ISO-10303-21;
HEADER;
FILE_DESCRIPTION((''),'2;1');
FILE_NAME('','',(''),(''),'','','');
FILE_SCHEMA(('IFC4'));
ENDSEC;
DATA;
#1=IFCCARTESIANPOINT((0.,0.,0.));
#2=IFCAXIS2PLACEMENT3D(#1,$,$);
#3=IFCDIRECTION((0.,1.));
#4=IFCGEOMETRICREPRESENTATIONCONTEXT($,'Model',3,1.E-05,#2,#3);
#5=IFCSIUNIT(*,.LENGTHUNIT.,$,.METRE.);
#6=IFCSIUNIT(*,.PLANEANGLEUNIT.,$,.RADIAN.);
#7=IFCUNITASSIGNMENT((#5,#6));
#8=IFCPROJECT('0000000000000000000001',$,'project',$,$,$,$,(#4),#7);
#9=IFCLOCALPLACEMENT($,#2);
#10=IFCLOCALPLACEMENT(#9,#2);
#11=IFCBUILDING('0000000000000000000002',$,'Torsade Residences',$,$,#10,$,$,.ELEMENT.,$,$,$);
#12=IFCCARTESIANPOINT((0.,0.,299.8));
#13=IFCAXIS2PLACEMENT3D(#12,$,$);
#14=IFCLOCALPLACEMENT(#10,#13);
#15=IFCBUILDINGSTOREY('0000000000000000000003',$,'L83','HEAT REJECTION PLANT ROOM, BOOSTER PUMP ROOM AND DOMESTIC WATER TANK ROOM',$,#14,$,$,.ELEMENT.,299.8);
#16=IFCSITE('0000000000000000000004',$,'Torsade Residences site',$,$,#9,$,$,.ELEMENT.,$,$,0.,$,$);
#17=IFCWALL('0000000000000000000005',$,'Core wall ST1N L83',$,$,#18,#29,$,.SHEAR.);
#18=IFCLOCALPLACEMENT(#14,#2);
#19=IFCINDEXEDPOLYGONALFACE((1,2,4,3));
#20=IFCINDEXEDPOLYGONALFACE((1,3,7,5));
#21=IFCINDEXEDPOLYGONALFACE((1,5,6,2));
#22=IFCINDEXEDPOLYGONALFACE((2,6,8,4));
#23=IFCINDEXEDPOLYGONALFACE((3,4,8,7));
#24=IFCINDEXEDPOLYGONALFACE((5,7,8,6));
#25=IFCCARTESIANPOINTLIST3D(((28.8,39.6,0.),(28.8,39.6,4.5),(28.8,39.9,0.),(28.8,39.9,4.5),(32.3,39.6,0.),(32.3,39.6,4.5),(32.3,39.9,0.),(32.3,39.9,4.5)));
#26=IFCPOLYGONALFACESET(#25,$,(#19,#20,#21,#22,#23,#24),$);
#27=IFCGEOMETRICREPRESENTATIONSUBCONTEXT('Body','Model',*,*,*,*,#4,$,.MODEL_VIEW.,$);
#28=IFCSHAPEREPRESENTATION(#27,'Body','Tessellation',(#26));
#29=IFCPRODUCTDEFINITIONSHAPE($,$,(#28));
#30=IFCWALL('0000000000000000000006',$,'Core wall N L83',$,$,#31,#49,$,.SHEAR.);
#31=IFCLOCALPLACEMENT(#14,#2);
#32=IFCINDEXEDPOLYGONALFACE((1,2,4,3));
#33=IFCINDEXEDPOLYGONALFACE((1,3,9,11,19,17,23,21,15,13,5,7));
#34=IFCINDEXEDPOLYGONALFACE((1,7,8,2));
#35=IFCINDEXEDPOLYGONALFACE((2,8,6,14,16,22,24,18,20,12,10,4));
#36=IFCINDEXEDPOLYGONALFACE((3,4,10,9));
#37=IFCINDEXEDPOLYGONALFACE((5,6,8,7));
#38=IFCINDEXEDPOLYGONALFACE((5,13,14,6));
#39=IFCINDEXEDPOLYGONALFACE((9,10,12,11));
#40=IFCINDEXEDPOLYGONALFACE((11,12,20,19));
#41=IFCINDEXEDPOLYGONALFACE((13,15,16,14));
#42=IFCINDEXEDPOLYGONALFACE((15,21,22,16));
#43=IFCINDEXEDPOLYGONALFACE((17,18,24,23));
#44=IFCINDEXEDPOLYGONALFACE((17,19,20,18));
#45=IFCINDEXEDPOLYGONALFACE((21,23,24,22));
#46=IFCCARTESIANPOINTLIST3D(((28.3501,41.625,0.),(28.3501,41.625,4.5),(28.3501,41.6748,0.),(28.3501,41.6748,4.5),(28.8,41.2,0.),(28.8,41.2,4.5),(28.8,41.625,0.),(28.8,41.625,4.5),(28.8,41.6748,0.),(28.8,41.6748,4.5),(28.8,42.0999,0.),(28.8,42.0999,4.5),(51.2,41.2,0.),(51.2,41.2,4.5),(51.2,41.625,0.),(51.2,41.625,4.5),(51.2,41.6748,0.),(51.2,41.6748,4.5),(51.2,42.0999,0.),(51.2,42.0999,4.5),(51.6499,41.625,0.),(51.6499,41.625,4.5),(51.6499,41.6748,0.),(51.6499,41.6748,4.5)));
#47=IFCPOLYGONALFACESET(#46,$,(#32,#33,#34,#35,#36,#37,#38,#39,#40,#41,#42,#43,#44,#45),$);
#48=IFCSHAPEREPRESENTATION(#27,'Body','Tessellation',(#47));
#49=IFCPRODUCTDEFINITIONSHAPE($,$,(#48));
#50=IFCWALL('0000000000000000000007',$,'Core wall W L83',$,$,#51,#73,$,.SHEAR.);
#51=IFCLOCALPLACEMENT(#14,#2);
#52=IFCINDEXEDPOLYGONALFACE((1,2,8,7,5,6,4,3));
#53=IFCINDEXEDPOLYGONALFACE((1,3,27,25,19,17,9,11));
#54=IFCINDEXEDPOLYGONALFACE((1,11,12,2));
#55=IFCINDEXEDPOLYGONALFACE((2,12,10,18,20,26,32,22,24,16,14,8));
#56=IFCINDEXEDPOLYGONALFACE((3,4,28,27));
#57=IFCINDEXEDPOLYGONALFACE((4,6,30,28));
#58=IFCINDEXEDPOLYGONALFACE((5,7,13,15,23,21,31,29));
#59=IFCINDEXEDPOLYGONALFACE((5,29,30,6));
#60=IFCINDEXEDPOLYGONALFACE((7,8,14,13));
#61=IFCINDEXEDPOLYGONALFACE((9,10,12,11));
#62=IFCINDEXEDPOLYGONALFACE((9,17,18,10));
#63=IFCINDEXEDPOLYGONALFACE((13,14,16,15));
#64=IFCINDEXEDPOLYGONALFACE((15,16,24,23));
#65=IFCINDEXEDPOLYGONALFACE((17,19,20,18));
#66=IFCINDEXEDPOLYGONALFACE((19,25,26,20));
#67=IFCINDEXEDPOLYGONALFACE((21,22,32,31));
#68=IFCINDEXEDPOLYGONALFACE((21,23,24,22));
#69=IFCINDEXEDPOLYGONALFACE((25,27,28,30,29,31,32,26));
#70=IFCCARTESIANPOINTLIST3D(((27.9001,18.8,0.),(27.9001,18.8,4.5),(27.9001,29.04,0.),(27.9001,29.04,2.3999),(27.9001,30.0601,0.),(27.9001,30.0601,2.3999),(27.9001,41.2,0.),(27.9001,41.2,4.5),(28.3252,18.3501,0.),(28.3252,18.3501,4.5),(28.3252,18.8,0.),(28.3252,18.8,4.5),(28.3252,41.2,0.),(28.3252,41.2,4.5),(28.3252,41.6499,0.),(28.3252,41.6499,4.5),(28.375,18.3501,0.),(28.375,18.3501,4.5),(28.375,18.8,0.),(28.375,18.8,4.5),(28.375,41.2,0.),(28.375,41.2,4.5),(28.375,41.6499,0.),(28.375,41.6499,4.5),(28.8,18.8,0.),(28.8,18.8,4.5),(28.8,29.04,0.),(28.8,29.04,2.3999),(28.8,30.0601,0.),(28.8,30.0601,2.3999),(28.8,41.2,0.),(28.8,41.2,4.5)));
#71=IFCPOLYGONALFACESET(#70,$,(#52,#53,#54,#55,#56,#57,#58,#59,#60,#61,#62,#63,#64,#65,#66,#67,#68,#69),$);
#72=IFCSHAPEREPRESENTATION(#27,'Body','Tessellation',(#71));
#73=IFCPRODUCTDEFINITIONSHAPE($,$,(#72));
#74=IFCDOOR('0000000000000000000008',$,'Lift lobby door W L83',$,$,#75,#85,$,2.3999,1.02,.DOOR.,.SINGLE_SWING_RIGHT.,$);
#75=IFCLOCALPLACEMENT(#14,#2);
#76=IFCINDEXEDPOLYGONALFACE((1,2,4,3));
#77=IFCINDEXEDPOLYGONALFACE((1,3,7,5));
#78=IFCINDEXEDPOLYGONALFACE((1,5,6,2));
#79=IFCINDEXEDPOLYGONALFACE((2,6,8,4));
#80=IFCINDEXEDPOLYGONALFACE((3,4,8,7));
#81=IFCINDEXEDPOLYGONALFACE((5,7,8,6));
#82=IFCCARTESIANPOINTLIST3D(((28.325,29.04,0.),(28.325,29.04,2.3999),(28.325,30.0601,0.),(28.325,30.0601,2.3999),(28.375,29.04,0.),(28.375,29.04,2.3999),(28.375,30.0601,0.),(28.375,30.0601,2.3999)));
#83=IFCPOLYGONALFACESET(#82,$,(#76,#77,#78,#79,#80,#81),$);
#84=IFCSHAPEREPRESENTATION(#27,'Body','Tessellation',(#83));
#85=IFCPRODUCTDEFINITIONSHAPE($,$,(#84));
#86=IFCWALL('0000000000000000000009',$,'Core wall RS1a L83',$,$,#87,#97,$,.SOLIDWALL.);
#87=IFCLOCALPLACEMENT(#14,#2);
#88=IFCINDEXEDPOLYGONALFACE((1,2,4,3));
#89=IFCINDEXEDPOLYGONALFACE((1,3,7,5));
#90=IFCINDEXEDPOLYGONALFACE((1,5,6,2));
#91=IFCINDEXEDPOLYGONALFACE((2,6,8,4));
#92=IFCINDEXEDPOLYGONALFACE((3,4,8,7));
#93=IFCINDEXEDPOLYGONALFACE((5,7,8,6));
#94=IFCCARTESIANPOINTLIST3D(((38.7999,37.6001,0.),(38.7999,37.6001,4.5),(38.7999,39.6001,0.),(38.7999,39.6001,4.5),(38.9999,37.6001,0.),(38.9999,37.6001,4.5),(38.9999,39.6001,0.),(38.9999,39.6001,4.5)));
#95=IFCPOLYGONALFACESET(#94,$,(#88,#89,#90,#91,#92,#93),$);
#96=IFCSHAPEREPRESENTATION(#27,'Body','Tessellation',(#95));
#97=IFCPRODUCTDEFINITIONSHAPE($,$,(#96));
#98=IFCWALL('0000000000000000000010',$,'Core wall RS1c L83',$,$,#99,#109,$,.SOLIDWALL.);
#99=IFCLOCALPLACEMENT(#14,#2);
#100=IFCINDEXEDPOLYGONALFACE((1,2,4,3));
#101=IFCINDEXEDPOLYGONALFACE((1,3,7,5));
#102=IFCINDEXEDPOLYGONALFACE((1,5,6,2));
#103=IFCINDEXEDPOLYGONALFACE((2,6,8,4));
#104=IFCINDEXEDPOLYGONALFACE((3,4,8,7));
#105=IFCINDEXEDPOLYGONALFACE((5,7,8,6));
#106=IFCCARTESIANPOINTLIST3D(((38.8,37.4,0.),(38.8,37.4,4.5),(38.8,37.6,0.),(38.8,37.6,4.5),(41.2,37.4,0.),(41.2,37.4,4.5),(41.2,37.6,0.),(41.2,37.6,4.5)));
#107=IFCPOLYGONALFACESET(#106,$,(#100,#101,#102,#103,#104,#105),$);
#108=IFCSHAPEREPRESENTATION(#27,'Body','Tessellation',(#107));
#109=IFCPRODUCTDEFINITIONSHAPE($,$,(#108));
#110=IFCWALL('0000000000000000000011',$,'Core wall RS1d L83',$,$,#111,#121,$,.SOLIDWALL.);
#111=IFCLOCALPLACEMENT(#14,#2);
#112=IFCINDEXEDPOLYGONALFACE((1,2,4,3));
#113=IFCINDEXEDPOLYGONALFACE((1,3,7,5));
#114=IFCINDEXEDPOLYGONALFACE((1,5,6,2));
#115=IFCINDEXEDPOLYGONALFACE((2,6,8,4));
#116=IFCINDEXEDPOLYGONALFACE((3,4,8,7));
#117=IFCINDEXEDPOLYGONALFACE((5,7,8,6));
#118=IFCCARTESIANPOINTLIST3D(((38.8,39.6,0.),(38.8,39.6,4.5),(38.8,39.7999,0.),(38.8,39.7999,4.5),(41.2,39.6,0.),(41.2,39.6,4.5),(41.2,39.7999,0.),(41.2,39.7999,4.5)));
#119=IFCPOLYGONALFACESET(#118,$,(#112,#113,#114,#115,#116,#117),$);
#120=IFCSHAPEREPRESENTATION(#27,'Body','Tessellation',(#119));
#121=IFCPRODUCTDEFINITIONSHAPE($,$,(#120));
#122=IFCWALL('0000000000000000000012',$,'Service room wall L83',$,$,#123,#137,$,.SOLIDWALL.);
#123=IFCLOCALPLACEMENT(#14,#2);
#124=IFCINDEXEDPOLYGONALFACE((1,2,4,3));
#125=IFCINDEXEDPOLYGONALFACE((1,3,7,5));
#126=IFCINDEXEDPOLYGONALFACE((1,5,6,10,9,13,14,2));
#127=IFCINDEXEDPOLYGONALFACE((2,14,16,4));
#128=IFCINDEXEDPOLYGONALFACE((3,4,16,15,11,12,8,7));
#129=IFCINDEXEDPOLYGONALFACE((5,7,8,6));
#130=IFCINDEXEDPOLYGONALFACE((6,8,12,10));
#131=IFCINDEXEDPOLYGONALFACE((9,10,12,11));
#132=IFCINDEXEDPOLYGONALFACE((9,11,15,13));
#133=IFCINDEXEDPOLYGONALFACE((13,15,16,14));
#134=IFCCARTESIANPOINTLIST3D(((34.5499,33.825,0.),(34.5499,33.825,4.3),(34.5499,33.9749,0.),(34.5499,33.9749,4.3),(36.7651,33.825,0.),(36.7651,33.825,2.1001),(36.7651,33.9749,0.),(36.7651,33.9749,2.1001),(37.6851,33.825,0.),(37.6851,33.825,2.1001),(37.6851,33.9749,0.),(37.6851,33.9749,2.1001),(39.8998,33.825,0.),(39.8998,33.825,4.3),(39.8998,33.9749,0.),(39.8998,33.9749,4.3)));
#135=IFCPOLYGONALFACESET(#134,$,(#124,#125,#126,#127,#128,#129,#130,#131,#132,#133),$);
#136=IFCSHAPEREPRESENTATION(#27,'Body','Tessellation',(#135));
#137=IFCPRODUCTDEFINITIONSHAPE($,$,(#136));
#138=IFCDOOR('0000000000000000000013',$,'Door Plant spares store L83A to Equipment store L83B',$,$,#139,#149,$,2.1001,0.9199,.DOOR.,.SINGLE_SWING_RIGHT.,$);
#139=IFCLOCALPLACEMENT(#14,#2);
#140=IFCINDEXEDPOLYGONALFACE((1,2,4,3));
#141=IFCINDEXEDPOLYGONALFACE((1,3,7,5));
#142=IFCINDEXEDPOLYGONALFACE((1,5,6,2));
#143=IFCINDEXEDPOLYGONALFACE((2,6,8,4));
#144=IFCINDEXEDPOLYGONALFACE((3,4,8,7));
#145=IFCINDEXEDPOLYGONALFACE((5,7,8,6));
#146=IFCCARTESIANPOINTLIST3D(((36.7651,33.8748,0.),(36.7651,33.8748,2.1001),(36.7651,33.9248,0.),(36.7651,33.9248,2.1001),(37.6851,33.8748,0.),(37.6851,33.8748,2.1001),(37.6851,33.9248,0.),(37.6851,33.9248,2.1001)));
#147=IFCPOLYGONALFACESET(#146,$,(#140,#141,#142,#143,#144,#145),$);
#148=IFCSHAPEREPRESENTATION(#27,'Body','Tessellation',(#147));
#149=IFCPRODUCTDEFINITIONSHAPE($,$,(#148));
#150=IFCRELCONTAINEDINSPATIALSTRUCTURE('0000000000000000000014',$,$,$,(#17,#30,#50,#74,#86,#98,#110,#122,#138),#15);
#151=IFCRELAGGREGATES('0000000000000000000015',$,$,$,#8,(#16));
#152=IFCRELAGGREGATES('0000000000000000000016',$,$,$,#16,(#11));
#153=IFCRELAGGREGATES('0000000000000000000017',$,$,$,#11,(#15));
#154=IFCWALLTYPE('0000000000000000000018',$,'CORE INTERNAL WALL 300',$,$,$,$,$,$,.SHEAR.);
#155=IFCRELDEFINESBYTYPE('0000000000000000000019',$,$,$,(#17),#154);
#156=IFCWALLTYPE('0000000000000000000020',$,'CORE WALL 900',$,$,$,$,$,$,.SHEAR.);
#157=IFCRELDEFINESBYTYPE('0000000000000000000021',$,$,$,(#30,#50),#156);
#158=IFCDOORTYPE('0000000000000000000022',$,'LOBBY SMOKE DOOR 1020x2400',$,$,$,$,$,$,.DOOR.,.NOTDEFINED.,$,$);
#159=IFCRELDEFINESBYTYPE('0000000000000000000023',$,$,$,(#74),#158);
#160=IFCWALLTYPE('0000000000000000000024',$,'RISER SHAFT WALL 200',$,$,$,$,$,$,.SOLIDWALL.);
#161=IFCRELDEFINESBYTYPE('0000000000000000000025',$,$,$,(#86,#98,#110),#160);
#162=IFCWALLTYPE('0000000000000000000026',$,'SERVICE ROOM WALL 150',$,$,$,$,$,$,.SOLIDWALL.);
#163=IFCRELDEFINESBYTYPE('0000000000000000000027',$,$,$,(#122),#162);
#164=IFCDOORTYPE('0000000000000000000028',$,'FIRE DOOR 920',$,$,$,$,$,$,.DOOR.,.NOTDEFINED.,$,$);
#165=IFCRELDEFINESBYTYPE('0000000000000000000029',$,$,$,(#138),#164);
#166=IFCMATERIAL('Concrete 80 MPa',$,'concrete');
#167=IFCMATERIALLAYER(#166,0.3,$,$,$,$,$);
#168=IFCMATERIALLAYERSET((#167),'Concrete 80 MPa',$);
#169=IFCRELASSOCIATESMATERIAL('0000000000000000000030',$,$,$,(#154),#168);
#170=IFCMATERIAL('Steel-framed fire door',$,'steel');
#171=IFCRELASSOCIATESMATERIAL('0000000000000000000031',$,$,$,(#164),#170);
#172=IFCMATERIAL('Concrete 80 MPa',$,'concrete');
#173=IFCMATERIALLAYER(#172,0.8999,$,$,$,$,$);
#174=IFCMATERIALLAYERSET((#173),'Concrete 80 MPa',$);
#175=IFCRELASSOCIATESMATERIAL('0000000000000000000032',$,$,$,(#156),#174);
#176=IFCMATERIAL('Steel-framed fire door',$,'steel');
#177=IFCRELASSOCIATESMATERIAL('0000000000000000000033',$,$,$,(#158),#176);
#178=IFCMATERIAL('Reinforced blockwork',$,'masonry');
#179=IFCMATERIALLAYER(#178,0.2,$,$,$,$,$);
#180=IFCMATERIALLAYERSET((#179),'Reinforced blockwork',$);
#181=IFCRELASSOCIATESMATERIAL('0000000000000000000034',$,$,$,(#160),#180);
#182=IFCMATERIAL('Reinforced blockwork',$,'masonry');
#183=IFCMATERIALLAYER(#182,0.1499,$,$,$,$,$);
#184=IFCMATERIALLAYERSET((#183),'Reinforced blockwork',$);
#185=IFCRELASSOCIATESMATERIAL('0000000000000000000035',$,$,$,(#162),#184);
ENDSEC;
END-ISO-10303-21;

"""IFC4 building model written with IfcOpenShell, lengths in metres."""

from ifc_helpers import new_model, si_unit, direction, frame, frame_2d, origin, place, context, subcontext, project, spatial, polyline, rectangle, outline, extrude, material, layer, layer_set, type_object, element, fill, save


model = new_model("IFC4")

# Units and contexts
model_context = context("Model", 3, precision=1e-05, world=origin(), true_north=direction((0.0, 1.0)))
body_context = subcontext(model_context, "Body", "Model", "MODEL_VIEW")
ifc_project = project(units=[si_unit("LENGTHUNIT", "METRE"), si_unit("PLANEANGLEUNIT", "RADIAN")], contexts=[model_context])

# Site, building, storey
site_placement = place(None, origin())
site = spatial("IfcSite", under=ifc_project, at=site_placement, Name="Torsade Residences site", CompositionType="ELEMENT", RefElevation=0.0)
building_placement = place(site_placement, origin())
building = spatial("IfcBuilding", under=site, at=building_placement, Name="Torsade Residences", CompositionType="ELEMENT")
storey_placement = place(building_placement, frame((0.0, 0.0, 299.8)))
storey = spatial("IfcBuildingStorey", under=building, at=storey_placement, Name="L83", Description="HEAT REJECTION PLANT ROOM, BOOSTER PUMP ROOM AND DOMESTIC WATER TANK ROOM", CompositionType="ELEMENT", Elevation=299.8)

# Shared definitions
ifc_material_1 = material(Name="Concrete 80 MPa", Category="concrete")
ifc_layer_1 = layer(ifc_material_1, 0.3)
ifc_layer_set_1 = layer_set([ifc_layer_1], Name="Concrete 80 MPa")
wall_type_1 = type_object("IfcWallType", Name="CORE INTERNAL WALL 300", PredefinedType="SHEAR", material=ifc_layer_set_1)
ifc_material_2 = material(Name="Steel-framed fire door", Category="steel")
door_type_1 = type_object("IfcDoorType", Name="FIRE DOOR 920", OperationType="NOTDEFINED", PredefinedType="DOOR", material=ifc_material_2)

# Walls
wall_1_placement = place(storey_placement, frame((28.8, 39.75, 0.0), z_axis=(0.0, 0.0, 1.0), x_axis=(1.0, 0.0, 0.0)))
element("IfcWall", 1, at=wall_1_placement, inside=storey, type_object=wall_type_1, Name="Core wall ST1N L83", PredefinedType="SHEAR", context=body_context, shape_type="SweptSolid", body=[
    extrude(rectangle(XDim=3.5, YDim=0.3, at=frame_2d((1.75, 0.0))), origin(), (0.0, 0.0, 1.0), 4.5),
])
ifc_material_3 = material(Name="Concrete 80 MPa", Category="concrete")
ifc_layer_2 = layer(ifc_material_3, 0.8999)
ifc_layer_set_2 = layer_set([ifc_layer_2], Name="Concrete 80 MPa")
wall_type_2 = type_object("IfcWallType", Name="CORE WALL 900", PredefinedType="SHEAR", material=ifc_layer_set_2)
wall_2_placement = place(storey_placement, frame((28.8, 41.6499, 0.0), z_axis=(0.0, 0.0, 1.0), x_axis=(1.0, 0.0, 0.0)))
element("IfcWall", 2, at=wall_2_placement, inside=storey, type_object=wall_type_2, Name="Core wall N L83", PredefinedType="SHEAR", context=body_context, shape_type="SweptSolid", body=[
    extrude(outline(polyline([(0.0, -0.45), (22.3999, -0.45), (22.3999, -0.0249), (22.8499, -0.0249), (22.8499, 0.0249), (22.3999, 0.0249), (22.3999, 0.45), (0.0, 0.45), (0.0, 0.0249), (-0.45, 0.0249), (-0.45, -0.0249), (0.0, -0.0249), (0.0, -0.45)])), origin(), (0.0, 0.0, 1.0), 4.5),
])

# Wall, opening, door
wall_3_placement = place(storey_placement, frame((28.3501, 41.2, 0.0), z_axis=(0.0, 0.0, 1.0), x_axis=(0.0, -1.0, 0.0)))
wall_3 = element("IfcWall", 3, at=wall_3_placement, inside=storey, type_object=wall_type_2, Name="Core wall W L83", PredefinedType="SHEAR", context=body_context, shape_type="SweptSolid", body=[
    extrude(outline(polyline([(0.0, -0.45), (22.3999, -0.45), (22.3999, -0.0249), (22.8499, -0.0249), (22.8499, 0.0249), (22.3999, 0.0249), (22.3999, 0.45), (0.0, 0.45), (0.0, 0.0249), (-0.45, 0.0249), (-0.45, -0.0249), (0.0, -0.0249), (0.0, -0.45)])), origin(), (0.0, 0.0, 1.0), 4.5),
])
opening_1_placement = place(wall_3_placement, frame((11.1399, 0.0, 0.0)))
opening_1 = element("IfcOpeningElement", 4, at=opening_1_placement, cuts=wall_3, PredefinedType="OPENING", context=body_context, shape_type="SweptSolid", body=[
    extrude(rectangle(XDim=1.02, YDim=2.3999, at=frame_2d((0.51, 1.2))), frame((0.0, 0.46, 0.0), z_axis=(0.0, -1.0, 0.0), x_axis=(1.0, 0.0, 0.0)), (0.0, 0.0, 1.0), 0.9199),
])
ifc_material_4 = material(Name="Steel-framed fire door", Category="steel")
door_type_2 = type_object("IfcDoorType", Name="LOBBY SMOKE DOOR 1020x2400", OperationType="NOTDEFINED", PredefinedType="DOOR", material=ifc_material_4)
door_1_placement = place(opening_1_placement, origin())
door_1 = element("IfcDoor", 5, at=door_1_placement, inside=storey, type_object=door_type_2, Name="Lift lobby door W L83", OperationType="SINGLE_SWING_RIGHT", OverallHeight=2.3999, OverallWidth=1.02, PredefinedType="DOOR", context=body_context, shape_type="SweptSolid", body=[
    extrude(rectangle(XDim=1.02, YDim=2.3999, at=frame_2d((0.51, 1.2))), frame((0.0, 0.0249, 0.0), z_axis=(0.0, -1.0, 0.0), x_axis=(1.0, 0.0, 0.0)), (0.0, 0.0, 1.0), 0.05),
])
fill(opening_1, door_1)

# Walls
ifc_material_5 = material(Name="Reinforced blockwork", Category="masonry")
ifc_layer_3 = layer(ifc_material_5, 0.2)
ifc_layer_set_3 = layer_set([ifc_layer_3], Name="Reinforced blockwork")
wall_type_3 = type_object("IfcWallType", Name="RISER SHAFT WALL 200", PredefinedType="SOLIDWALL", material=ifc_layer_set_3)
wall_4_placement = place(storey_placement, frame((38.8999, 37.6001, 0.0), z_axis=(0.0, 0.0, 1.0), x_axis=(0.0, 1.0, 0.0)))
element("IfcWall", 6, at=wall_4_placement, inside=storey, type_object=wall_type_3, Name="Core wall RS1a L83", PredefinedType="SOLIDWALL", context=body_context, shape_type="SweptSolid", body=[
    extrude(rectangle(XDim=2.0, YDim=0.2, at=frame_2d((1.0, 0.0))), origin(), (0.0, 0.0, 1.0), 4.5),
])
for number, where, z_axis, x_axis, name in (
    (7, (38.8, 37.5, 0.0), (0.0, 0.0, 1.0), (1.0, 0.0, 0.0), "Core wall RS1c L83"),
    (8, (38.8, 39.7, 0.0), (0.0, 0.0, 1.0), (1.0, 0.0, 0.0), "Core wall RS1d L83"),
):
    element("IfcWall", number, at=place(storey_placement, frame(where, z_axis=z_axis, x_axis=x_axis)), inside=storey, type_object=wall_type_3, Name=name, PredefinedType="SOLIDWALL", context=body_context, shape_type="SweptSolid", body=[
        extrude(rectangle(XDim=2.3999, YDim=0.2, at=frame_2d((1.2, 0.0))), origin(), (0.0, 0.0, 1.0), 4.5),
    ])

# Wall, opening, door
ifc_material_6 = material(Name="Reinforced blockwork", Category="masonry")
ifc_layer_4 = layer(ifc_material_6, 0.1499)
ifc_layer_set_4 = layer_set([ifc_layer_4], Name="Reinforced blockwork")
wall_type_4 = type_object("IfcWallType", Name="SERVICE ROOM WALL 150", PredefinedType="SOLIDWALL", material=ifc_layer_set_4)
wall_5_placement = place(storey_placement, frame((34.55, 33.8999, 0.0), z_axis=(0.0, 0.0, 1.0), x_axis=(1.0, 0.0, 0.0)))
wall_5 = element("IfcWall", 9, at=wall_5_placement, inside=storey, type_object=wall_type_4, Name="Service room wall L83", PredefinedType="SOLIDWALL", context=body_context, shape_type="SweptSolid", body=[
    extrude(rectangle(XDim=5.3499, YDim=0.1499, at=frame_2d((2.6748, 0.0))), origin(), (0.0, 0.0, 1.0), 4.3),
])
opening_2_placement = place(wall_5_placement, frame((2.2151, 0.0, 0.0)))
opening_2 = element("IfcOpeningElement", 10, at=opening_2_placement, cuts=wall_5, PredefinedType="OPENING", context=body_context, shape_type="SweptSolid", body=[
    extrude(rectangle(XDim=0.9199, YDim=2.1001, at=frame_2d((0.46, 1.05))), frame((0.0, 0.085, 0.0), z_axis=(0.0, -1.0, 0.0), x_axis=(1.0, 0.0, 0.0)), (0.0, 0.0, 1.0), 0.1699),
])
door_2_placement = place(opening_2_placement, origin())
door_2 = element("IfcDoor", 11, at=door_2_placement, inside=storey, type_object=door_type_1, Name="Door Plant spares store L83A to Equipment store L83B", OperationType="SINGLE_SWING_RIGHT", OverallHeight=2.1001, OverallWidth=0.9199, PredefinedType="DOOR", context=body_context, shape_type="SweptSolid", body=[
    extrude(rectangle(XDim=0.9199, YDim=2.1001, at=frame_2d((0.46, 1.05))), frame((0.0, 0.0249, 0.0), z_axis=(0.0, -1.0, 0.0), x_axis=(1.0, 0.0, 0.0)), (0.0, 0.0, 1.0), 0.05),
])
fill(opening_2, door_2)

save(model, "model.ifc")
